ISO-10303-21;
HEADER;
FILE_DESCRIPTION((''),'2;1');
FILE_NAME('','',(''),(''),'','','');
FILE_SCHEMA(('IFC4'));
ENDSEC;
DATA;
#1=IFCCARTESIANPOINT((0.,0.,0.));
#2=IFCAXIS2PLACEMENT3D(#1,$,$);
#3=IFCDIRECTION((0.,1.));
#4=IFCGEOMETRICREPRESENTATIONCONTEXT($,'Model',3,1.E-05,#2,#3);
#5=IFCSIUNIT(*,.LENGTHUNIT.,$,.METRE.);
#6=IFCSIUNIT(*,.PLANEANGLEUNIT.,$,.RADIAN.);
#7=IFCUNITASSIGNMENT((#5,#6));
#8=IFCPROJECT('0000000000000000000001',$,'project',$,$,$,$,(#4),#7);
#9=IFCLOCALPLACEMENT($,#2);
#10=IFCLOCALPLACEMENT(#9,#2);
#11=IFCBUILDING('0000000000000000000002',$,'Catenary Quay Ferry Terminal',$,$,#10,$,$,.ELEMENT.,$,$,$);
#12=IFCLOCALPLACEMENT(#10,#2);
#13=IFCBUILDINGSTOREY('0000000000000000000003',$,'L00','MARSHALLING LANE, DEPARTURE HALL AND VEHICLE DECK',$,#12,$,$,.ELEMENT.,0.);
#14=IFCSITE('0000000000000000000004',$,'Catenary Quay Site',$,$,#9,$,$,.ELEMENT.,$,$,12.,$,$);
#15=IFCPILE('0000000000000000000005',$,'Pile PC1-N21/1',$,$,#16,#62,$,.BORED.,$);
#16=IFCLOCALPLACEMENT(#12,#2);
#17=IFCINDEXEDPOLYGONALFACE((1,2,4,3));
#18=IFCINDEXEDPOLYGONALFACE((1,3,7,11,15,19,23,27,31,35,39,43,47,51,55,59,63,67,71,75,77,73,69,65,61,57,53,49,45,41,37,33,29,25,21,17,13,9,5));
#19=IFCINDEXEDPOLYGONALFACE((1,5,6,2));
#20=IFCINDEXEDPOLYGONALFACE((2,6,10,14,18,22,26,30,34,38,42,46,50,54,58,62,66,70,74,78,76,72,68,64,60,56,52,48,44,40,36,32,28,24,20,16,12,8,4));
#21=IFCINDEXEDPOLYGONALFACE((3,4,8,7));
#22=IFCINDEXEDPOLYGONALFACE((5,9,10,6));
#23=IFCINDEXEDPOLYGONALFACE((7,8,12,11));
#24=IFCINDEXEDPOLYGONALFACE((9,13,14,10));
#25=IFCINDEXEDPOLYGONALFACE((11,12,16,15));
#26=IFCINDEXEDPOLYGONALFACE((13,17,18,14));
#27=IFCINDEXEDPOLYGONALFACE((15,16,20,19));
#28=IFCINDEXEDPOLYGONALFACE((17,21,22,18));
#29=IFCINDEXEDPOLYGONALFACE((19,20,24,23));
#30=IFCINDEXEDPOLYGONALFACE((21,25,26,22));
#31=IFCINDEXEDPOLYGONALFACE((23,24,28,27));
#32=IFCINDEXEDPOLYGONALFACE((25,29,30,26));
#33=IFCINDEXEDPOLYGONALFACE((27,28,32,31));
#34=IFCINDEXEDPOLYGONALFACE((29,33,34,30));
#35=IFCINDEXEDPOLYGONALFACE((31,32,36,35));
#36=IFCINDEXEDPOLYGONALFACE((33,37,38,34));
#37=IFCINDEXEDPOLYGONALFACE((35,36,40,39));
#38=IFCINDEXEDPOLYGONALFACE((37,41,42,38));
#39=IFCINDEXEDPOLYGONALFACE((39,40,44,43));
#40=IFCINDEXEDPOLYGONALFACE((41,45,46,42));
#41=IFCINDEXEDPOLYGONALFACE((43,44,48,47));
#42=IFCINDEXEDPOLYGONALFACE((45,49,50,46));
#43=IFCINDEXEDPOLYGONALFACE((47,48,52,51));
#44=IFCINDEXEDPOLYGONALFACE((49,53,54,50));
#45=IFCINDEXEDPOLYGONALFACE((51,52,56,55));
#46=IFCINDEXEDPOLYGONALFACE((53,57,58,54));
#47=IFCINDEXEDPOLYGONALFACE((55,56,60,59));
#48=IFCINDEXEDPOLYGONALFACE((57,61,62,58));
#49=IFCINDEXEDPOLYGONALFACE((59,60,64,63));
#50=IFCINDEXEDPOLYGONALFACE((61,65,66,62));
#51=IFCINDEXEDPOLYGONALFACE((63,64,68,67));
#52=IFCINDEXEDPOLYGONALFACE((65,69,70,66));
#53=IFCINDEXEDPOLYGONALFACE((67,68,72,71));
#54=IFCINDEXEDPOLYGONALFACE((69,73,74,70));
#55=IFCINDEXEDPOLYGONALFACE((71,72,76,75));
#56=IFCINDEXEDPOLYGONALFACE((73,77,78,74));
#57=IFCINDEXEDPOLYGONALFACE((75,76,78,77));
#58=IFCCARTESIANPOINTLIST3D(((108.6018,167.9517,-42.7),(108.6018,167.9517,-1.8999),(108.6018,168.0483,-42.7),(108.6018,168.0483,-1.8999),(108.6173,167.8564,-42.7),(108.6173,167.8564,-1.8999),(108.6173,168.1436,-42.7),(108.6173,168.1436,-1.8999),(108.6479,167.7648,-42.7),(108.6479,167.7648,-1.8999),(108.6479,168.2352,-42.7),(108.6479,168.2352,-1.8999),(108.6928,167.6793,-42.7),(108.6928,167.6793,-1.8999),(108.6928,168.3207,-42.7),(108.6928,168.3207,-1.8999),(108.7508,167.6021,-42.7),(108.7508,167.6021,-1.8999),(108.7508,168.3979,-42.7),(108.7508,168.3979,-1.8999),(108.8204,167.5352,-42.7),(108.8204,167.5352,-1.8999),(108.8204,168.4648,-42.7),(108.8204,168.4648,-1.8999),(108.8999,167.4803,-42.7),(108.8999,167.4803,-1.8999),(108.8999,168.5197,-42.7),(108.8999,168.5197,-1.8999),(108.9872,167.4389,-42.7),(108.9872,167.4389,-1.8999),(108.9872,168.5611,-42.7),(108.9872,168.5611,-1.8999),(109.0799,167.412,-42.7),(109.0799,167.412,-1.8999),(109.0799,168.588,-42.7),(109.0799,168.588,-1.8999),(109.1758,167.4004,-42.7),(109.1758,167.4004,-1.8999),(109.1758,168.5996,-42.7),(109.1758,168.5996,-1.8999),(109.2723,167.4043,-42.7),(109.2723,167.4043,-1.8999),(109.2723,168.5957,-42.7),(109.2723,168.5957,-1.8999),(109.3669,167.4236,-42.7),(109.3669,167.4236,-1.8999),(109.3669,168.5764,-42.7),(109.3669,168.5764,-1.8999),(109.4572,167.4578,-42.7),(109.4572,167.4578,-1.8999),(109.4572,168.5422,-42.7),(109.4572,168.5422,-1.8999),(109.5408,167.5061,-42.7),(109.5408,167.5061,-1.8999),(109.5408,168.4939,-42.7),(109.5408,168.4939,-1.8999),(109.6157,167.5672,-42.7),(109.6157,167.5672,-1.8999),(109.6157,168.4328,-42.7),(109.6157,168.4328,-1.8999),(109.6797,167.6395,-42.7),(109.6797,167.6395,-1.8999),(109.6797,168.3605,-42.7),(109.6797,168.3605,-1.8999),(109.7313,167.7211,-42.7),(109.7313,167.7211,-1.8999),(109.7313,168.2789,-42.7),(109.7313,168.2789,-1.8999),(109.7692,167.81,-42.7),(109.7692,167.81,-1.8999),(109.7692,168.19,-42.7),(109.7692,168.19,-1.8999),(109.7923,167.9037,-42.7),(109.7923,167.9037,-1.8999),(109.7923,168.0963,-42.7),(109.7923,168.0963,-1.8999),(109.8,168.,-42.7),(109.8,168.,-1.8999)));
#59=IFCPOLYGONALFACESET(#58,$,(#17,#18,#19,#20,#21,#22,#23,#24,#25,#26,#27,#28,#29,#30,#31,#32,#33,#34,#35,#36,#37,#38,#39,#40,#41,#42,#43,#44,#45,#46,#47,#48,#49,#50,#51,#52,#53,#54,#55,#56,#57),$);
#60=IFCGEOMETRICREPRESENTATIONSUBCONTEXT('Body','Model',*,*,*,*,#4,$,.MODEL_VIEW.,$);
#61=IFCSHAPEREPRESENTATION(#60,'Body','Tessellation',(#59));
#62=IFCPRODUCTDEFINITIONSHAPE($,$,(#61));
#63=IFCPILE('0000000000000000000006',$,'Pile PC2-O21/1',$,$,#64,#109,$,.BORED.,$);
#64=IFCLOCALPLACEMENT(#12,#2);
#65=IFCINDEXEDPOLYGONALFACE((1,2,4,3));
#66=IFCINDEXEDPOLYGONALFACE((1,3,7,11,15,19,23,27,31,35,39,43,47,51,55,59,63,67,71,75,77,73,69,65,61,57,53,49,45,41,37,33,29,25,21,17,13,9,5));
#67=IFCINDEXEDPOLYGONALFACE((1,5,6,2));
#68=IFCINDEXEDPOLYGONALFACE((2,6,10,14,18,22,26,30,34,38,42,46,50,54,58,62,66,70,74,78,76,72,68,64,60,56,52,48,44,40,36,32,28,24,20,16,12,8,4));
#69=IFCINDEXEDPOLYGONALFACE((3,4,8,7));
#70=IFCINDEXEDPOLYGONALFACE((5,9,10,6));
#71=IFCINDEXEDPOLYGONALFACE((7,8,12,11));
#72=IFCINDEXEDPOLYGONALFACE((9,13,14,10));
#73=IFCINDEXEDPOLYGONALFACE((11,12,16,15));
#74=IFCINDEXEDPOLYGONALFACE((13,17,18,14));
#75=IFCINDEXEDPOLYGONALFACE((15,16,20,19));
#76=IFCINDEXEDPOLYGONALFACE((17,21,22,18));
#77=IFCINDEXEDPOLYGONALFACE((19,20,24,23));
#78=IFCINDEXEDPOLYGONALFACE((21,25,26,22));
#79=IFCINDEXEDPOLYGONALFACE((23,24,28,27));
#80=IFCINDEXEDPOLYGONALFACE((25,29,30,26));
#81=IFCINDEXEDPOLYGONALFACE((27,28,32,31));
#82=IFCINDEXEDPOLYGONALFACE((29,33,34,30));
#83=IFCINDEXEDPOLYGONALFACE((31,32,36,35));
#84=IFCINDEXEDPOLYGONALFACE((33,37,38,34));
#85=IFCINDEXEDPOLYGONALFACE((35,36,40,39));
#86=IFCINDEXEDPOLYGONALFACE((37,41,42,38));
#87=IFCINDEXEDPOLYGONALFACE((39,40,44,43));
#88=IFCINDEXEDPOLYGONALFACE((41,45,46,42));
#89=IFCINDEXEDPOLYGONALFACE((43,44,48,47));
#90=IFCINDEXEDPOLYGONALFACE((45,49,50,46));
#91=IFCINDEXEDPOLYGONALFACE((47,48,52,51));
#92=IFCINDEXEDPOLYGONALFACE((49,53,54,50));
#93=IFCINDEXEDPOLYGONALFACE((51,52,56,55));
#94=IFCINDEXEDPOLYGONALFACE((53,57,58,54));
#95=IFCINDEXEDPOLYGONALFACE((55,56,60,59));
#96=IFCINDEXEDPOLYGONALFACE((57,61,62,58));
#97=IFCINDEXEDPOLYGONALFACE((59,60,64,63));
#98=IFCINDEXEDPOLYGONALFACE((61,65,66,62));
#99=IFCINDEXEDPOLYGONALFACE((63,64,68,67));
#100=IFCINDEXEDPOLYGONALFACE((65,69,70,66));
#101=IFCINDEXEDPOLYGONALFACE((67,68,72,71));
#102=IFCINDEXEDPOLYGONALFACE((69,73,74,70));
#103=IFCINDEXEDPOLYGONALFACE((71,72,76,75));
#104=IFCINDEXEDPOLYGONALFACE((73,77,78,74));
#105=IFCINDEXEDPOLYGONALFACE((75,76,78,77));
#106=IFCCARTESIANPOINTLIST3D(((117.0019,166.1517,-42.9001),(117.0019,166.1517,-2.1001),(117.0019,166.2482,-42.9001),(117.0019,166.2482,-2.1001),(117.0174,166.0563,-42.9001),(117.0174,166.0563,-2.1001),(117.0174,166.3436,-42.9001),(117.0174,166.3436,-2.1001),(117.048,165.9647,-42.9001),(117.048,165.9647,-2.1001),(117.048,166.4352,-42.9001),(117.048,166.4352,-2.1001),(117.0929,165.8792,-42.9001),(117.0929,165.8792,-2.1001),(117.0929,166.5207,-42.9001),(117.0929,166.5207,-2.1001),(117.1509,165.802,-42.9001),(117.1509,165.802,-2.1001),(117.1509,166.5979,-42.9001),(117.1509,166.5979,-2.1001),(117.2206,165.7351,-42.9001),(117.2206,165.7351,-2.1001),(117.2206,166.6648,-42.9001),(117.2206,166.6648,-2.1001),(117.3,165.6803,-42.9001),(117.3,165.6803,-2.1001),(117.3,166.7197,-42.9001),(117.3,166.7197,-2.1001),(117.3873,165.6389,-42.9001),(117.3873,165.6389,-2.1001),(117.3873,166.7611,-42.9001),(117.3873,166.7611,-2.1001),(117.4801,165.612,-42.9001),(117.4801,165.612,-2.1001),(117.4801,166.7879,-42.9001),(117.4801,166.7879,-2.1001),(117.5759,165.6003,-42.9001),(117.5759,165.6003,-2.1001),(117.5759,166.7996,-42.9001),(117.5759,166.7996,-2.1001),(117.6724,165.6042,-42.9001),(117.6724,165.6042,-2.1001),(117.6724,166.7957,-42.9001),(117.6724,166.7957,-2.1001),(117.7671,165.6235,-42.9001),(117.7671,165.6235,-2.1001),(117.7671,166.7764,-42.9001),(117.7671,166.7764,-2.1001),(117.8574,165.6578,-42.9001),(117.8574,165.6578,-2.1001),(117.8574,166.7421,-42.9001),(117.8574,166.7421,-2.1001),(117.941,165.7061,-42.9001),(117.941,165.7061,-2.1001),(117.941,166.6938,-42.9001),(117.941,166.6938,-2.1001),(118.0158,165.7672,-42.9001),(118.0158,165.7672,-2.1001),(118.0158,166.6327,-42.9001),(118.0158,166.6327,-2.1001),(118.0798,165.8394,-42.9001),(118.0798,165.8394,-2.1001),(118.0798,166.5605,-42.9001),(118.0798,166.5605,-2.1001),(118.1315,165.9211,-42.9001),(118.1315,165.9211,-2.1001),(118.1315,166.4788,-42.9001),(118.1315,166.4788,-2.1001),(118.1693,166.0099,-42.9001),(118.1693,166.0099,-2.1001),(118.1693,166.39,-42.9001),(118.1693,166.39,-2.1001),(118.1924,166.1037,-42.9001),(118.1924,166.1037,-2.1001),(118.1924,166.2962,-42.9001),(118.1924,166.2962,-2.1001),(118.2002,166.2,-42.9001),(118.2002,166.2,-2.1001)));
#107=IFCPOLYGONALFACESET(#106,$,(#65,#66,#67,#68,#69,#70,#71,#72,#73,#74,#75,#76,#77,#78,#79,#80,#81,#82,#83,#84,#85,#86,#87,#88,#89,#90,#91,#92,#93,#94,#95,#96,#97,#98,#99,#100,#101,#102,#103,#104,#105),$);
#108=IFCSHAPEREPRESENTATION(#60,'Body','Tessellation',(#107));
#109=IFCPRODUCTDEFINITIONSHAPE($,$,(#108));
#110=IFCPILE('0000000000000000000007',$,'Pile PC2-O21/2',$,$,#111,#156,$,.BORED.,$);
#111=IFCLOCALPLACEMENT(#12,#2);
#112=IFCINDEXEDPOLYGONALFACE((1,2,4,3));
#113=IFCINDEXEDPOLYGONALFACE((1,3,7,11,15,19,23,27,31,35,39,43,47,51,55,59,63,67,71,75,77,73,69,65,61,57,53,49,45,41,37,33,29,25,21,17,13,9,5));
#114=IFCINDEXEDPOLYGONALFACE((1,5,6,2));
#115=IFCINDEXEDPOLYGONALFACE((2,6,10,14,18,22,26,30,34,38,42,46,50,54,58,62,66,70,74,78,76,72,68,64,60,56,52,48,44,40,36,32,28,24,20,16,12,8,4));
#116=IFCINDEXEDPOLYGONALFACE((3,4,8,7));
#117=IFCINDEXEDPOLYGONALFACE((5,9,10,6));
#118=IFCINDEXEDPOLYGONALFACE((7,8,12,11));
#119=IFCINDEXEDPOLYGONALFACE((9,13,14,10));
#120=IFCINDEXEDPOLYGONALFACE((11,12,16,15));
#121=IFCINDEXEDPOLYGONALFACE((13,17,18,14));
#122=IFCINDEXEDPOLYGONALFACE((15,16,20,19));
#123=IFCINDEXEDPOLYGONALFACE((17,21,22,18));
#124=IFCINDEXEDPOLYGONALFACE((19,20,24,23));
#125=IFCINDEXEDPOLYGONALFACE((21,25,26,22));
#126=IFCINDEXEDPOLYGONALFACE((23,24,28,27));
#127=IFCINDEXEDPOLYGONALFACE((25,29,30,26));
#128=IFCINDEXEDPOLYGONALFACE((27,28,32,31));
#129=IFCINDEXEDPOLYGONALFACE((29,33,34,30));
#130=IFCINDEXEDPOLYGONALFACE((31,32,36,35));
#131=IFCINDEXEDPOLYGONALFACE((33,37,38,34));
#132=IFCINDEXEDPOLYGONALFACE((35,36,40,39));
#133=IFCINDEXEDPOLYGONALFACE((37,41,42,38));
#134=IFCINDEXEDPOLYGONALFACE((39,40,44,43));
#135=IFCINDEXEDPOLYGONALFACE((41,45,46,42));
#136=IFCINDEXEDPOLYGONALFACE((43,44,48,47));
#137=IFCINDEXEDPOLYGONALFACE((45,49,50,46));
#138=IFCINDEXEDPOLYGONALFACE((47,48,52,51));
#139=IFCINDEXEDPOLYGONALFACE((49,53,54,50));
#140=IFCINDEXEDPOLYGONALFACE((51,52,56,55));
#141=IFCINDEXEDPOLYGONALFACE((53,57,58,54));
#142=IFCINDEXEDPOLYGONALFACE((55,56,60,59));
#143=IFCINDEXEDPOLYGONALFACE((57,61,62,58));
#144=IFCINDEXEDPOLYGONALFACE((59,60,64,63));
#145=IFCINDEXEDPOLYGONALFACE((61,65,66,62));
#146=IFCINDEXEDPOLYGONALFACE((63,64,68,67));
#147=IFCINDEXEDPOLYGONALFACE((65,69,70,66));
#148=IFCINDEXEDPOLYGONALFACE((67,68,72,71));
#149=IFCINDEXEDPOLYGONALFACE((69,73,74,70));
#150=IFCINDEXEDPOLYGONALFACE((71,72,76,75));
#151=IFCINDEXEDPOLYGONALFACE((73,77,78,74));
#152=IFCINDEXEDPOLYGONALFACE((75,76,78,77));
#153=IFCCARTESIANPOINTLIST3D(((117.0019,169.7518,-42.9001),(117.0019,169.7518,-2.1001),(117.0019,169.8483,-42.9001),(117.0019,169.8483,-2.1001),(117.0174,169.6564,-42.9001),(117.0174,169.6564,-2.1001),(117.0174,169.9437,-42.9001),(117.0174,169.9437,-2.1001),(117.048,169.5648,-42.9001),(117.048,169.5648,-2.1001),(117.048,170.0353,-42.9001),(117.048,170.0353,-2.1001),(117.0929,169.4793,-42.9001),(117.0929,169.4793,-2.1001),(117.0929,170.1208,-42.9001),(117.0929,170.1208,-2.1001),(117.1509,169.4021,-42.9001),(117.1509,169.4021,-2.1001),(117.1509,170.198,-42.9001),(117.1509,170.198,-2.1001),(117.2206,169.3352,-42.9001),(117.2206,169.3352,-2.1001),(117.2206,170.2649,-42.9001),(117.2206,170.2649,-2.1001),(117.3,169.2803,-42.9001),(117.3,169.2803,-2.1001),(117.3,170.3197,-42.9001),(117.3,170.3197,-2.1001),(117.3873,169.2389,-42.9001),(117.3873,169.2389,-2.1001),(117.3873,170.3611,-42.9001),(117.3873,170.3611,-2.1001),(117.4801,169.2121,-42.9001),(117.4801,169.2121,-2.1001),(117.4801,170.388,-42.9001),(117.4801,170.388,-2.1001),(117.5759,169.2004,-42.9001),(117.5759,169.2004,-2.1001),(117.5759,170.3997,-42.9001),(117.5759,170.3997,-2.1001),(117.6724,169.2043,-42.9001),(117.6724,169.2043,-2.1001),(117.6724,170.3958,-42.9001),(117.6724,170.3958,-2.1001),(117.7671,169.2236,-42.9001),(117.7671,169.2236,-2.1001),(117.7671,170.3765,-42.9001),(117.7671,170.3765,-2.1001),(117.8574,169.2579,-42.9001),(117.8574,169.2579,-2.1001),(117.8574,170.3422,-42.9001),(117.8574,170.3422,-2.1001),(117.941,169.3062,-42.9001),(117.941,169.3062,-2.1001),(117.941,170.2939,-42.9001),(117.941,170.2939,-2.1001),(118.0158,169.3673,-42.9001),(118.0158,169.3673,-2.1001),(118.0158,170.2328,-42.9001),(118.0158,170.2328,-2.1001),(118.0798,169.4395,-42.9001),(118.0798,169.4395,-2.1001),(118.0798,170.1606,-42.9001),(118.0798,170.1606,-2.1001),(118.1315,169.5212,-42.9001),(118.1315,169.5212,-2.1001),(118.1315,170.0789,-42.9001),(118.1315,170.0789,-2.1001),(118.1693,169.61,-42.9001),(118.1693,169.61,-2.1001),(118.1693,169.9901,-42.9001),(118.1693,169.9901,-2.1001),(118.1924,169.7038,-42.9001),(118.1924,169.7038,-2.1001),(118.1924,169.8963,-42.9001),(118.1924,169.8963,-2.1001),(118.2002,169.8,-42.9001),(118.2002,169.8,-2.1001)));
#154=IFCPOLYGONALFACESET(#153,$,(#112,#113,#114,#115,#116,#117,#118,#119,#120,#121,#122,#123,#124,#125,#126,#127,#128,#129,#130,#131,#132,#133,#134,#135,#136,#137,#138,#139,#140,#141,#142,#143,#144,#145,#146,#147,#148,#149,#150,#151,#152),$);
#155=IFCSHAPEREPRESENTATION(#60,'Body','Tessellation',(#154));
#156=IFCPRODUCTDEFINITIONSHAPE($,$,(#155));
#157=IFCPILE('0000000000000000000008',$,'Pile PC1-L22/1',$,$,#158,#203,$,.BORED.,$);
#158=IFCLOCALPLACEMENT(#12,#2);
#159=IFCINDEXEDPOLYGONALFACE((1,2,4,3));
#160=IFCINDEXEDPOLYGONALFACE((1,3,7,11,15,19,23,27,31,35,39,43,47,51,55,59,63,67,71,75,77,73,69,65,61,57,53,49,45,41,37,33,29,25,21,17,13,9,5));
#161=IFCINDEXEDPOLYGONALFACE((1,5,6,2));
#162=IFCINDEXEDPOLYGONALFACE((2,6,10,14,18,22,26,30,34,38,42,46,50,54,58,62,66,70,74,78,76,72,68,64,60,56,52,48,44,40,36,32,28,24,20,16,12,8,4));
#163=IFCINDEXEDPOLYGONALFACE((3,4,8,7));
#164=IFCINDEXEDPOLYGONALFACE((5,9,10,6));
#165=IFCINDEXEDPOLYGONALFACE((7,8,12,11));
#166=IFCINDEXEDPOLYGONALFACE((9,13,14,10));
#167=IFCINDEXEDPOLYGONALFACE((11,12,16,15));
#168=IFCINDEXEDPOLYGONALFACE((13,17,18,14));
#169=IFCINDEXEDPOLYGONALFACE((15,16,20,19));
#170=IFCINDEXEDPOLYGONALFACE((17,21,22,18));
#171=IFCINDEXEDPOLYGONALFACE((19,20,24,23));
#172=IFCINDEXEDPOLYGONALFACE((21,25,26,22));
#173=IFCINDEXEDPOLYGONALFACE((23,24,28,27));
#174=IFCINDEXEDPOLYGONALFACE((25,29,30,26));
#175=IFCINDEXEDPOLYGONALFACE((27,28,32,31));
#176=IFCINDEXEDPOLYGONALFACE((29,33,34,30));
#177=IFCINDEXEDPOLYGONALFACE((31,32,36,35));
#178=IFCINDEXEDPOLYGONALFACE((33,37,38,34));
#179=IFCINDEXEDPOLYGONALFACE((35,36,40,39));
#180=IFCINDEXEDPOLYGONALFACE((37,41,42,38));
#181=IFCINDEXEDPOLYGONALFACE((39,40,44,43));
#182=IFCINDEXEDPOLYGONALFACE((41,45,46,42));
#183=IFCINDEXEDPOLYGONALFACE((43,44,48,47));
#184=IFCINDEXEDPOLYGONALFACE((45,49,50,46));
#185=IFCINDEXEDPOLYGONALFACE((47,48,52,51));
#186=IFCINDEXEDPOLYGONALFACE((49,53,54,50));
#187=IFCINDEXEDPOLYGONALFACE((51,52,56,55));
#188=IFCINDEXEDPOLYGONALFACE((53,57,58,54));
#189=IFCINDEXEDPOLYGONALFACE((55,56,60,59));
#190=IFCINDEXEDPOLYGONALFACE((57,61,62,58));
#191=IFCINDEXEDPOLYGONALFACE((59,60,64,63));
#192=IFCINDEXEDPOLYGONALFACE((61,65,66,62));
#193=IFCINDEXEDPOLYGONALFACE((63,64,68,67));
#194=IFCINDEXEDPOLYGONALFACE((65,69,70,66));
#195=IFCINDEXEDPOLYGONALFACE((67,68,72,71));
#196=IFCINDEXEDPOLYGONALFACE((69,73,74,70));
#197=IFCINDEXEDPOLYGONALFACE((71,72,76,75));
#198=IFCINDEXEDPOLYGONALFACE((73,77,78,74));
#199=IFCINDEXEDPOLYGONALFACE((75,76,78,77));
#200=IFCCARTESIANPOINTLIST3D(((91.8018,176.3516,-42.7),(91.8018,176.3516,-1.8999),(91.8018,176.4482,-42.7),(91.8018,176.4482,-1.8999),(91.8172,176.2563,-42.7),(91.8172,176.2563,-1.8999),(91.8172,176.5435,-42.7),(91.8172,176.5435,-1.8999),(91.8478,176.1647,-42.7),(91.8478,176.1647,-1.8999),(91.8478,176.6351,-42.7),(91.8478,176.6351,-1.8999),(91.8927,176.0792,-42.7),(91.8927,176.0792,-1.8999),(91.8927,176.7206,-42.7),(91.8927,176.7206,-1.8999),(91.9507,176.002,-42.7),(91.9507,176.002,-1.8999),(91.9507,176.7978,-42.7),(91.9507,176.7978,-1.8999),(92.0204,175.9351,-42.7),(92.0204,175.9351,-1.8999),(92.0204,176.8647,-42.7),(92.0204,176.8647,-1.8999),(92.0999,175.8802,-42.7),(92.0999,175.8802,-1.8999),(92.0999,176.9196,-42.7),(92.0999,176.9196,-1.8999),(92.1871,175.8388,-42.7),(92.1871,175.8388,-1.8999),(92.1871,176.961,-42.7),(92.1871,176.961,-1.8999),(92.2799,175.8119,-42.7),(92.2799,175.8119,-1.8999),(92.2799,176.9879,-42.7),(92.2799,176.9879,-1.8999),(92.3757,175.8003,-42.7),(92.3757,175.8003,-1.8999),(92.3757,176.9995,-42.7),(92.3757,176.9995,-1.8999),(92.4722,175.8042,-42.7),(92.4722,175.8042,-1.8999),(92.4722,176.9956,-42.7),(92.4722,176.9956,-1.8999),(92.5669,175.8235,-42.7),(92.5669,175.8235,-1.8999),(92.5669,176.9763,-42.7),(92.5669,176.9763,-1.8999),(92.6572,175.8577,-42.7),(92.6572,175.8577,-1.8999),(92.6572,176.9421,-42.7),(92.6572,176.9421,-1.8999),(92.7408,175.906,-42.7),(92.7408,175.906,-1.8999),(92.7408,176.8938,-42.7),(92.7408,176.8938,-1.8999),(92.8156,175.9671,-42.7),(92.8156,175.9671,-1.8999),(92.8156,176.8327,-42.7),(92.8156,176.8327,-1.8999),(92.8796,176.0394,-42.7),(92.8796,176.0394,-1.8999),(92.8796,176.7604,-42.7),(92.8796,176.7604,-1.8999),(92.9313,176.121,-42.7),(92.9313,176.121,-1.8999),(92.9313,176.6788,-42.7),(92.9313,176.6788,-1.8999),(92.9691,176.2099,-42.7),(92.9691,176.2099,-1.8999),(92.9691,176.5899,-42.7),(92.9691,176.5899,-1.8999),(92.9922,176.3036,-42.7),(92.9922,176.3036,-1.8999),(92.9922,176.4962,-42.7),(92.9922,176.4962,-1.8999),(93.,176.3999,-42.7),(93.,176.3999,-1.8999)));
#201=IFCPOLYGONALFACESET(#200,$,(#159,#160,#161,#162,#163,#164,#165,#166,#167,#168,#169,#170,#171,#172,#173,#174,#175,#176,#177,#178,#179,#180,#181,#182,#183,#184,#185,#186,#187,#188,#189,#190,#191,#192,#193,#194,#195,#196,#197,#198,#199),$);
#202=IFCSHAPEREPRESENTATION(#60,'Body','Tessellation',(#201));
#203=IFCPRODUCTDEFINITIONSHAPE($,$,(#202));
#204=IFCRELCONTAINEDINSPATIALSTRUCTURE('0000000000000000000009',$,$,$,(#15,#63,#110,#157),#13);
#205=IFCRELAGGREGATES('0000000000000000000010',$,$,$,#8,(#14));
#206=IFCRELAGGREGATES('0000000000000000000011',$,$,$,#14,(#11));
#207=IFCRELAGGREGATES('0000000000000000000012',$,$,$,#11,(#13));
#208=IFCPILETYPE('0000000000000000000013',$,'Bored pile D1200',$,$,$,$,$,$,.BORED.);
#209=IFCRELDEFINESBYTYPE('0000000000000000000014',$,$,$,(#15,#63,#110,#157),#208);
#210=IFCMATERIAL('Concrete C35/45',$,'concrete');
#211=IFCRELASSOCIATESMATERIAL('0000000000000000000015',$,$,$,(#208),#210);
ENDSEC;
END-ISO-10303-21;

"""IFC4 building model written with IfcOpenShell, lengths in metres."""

from ifc_helpers import new_model, si_unit, direction, frame, origin, origin_2d, place, context, subcontext, project, spatial, circle, extrude, material, material_profile, profile_set, type_object, element, save


model = new_model("IFC4")

# Units and contexts
model_context = context("Model", 3, precision=1e-05, world=origin(), true_north=direction((0.0, 1.0)))
body_context = subcontext(model_context, "Body", "Model", "MODEL_VIEW")
ifc_project = project(units=[si_unit("LENGTHUNIT", "METRE"), si_unit("PLANEANGLEUNIT", "RADIAN")], contexts=[model_context])

# Site, building, storey
site_placement = place(None, origin())
site = spatial("IfcSite", under=ifc_project, at=site_placement, Name="Catenary Quay Site", CompositionType="ELEMENT", RefElevation=12.0)
building_placement = place(site_placement, origin())
building = spatial("IfcBuilding", under=site, at=building_placement, Name="Catenary Quay Ferry Terminal", CompositionType="ELEMENT")
storey_placement = place(building_placement, origin())
storey = spatial("IfcBuildingStorey", under=building, at=storey_placement, Name="L00", Description="MARSHALLING LANE, DEPARTURE HALL AND VEHICLE DECK", CompositionType="ELEMENT", Elevation=0.0)

# Piles
ifc_material_1 = material(Name="Concrete C35/45", Category="concrete")
ifc_material_profile = material_profile(ifc_material_1, circle(Radius=0.6001, at=origin_2d()), Name="D1200")
ifc_profile_set = profile_set([ifc_material_profile], Name="Concrete C35/45")
pile_type = type_object("IfcPileType", Name="Bored pile D1200", PredefinedType="BORED", material=ifc_profile_set)
for number, where, z_axis, x_axis, name in (
    (1, (109.2, 168.0, -1.8999), (0.0, 0.0, -1.0), (1.0, 0.0, 0.0), "Pile PC1-N21/1"),
    (2, (117.6001, 166.2, -2.1001), (0.0, 0.0, -1.0), (1.0, 0.0, 0.0), "Pile PC2-O21/1"),
    (3, (117.6001, 169.8, -2.1001), (0.0, 0.0, -1.0), (1.0, 0.0, 0.0), "Pile PC2-O21/2"),
    (4, (92.3999, 176.3999, -1.8999), (0.0, 0.0, -1.0), (1.0, 0.0, 0.0), "Pile PC1-L22/1"),
):
    element("IfcPile", number, at=place(storey_placement, frame(where, z_axis=z_axis, x_axis=x_axis)), inside=storey, type_object=pile_type, Name=name, PredefinedType="BORED", context=body_context, shape_type="SweptSolid", body=[
        extrude(circle(Radius=0.6001, at=origin_2d()), origin(), (0.0, 0.0, 1.0), 40.8),
    ])

save(model, "model.ifc")
